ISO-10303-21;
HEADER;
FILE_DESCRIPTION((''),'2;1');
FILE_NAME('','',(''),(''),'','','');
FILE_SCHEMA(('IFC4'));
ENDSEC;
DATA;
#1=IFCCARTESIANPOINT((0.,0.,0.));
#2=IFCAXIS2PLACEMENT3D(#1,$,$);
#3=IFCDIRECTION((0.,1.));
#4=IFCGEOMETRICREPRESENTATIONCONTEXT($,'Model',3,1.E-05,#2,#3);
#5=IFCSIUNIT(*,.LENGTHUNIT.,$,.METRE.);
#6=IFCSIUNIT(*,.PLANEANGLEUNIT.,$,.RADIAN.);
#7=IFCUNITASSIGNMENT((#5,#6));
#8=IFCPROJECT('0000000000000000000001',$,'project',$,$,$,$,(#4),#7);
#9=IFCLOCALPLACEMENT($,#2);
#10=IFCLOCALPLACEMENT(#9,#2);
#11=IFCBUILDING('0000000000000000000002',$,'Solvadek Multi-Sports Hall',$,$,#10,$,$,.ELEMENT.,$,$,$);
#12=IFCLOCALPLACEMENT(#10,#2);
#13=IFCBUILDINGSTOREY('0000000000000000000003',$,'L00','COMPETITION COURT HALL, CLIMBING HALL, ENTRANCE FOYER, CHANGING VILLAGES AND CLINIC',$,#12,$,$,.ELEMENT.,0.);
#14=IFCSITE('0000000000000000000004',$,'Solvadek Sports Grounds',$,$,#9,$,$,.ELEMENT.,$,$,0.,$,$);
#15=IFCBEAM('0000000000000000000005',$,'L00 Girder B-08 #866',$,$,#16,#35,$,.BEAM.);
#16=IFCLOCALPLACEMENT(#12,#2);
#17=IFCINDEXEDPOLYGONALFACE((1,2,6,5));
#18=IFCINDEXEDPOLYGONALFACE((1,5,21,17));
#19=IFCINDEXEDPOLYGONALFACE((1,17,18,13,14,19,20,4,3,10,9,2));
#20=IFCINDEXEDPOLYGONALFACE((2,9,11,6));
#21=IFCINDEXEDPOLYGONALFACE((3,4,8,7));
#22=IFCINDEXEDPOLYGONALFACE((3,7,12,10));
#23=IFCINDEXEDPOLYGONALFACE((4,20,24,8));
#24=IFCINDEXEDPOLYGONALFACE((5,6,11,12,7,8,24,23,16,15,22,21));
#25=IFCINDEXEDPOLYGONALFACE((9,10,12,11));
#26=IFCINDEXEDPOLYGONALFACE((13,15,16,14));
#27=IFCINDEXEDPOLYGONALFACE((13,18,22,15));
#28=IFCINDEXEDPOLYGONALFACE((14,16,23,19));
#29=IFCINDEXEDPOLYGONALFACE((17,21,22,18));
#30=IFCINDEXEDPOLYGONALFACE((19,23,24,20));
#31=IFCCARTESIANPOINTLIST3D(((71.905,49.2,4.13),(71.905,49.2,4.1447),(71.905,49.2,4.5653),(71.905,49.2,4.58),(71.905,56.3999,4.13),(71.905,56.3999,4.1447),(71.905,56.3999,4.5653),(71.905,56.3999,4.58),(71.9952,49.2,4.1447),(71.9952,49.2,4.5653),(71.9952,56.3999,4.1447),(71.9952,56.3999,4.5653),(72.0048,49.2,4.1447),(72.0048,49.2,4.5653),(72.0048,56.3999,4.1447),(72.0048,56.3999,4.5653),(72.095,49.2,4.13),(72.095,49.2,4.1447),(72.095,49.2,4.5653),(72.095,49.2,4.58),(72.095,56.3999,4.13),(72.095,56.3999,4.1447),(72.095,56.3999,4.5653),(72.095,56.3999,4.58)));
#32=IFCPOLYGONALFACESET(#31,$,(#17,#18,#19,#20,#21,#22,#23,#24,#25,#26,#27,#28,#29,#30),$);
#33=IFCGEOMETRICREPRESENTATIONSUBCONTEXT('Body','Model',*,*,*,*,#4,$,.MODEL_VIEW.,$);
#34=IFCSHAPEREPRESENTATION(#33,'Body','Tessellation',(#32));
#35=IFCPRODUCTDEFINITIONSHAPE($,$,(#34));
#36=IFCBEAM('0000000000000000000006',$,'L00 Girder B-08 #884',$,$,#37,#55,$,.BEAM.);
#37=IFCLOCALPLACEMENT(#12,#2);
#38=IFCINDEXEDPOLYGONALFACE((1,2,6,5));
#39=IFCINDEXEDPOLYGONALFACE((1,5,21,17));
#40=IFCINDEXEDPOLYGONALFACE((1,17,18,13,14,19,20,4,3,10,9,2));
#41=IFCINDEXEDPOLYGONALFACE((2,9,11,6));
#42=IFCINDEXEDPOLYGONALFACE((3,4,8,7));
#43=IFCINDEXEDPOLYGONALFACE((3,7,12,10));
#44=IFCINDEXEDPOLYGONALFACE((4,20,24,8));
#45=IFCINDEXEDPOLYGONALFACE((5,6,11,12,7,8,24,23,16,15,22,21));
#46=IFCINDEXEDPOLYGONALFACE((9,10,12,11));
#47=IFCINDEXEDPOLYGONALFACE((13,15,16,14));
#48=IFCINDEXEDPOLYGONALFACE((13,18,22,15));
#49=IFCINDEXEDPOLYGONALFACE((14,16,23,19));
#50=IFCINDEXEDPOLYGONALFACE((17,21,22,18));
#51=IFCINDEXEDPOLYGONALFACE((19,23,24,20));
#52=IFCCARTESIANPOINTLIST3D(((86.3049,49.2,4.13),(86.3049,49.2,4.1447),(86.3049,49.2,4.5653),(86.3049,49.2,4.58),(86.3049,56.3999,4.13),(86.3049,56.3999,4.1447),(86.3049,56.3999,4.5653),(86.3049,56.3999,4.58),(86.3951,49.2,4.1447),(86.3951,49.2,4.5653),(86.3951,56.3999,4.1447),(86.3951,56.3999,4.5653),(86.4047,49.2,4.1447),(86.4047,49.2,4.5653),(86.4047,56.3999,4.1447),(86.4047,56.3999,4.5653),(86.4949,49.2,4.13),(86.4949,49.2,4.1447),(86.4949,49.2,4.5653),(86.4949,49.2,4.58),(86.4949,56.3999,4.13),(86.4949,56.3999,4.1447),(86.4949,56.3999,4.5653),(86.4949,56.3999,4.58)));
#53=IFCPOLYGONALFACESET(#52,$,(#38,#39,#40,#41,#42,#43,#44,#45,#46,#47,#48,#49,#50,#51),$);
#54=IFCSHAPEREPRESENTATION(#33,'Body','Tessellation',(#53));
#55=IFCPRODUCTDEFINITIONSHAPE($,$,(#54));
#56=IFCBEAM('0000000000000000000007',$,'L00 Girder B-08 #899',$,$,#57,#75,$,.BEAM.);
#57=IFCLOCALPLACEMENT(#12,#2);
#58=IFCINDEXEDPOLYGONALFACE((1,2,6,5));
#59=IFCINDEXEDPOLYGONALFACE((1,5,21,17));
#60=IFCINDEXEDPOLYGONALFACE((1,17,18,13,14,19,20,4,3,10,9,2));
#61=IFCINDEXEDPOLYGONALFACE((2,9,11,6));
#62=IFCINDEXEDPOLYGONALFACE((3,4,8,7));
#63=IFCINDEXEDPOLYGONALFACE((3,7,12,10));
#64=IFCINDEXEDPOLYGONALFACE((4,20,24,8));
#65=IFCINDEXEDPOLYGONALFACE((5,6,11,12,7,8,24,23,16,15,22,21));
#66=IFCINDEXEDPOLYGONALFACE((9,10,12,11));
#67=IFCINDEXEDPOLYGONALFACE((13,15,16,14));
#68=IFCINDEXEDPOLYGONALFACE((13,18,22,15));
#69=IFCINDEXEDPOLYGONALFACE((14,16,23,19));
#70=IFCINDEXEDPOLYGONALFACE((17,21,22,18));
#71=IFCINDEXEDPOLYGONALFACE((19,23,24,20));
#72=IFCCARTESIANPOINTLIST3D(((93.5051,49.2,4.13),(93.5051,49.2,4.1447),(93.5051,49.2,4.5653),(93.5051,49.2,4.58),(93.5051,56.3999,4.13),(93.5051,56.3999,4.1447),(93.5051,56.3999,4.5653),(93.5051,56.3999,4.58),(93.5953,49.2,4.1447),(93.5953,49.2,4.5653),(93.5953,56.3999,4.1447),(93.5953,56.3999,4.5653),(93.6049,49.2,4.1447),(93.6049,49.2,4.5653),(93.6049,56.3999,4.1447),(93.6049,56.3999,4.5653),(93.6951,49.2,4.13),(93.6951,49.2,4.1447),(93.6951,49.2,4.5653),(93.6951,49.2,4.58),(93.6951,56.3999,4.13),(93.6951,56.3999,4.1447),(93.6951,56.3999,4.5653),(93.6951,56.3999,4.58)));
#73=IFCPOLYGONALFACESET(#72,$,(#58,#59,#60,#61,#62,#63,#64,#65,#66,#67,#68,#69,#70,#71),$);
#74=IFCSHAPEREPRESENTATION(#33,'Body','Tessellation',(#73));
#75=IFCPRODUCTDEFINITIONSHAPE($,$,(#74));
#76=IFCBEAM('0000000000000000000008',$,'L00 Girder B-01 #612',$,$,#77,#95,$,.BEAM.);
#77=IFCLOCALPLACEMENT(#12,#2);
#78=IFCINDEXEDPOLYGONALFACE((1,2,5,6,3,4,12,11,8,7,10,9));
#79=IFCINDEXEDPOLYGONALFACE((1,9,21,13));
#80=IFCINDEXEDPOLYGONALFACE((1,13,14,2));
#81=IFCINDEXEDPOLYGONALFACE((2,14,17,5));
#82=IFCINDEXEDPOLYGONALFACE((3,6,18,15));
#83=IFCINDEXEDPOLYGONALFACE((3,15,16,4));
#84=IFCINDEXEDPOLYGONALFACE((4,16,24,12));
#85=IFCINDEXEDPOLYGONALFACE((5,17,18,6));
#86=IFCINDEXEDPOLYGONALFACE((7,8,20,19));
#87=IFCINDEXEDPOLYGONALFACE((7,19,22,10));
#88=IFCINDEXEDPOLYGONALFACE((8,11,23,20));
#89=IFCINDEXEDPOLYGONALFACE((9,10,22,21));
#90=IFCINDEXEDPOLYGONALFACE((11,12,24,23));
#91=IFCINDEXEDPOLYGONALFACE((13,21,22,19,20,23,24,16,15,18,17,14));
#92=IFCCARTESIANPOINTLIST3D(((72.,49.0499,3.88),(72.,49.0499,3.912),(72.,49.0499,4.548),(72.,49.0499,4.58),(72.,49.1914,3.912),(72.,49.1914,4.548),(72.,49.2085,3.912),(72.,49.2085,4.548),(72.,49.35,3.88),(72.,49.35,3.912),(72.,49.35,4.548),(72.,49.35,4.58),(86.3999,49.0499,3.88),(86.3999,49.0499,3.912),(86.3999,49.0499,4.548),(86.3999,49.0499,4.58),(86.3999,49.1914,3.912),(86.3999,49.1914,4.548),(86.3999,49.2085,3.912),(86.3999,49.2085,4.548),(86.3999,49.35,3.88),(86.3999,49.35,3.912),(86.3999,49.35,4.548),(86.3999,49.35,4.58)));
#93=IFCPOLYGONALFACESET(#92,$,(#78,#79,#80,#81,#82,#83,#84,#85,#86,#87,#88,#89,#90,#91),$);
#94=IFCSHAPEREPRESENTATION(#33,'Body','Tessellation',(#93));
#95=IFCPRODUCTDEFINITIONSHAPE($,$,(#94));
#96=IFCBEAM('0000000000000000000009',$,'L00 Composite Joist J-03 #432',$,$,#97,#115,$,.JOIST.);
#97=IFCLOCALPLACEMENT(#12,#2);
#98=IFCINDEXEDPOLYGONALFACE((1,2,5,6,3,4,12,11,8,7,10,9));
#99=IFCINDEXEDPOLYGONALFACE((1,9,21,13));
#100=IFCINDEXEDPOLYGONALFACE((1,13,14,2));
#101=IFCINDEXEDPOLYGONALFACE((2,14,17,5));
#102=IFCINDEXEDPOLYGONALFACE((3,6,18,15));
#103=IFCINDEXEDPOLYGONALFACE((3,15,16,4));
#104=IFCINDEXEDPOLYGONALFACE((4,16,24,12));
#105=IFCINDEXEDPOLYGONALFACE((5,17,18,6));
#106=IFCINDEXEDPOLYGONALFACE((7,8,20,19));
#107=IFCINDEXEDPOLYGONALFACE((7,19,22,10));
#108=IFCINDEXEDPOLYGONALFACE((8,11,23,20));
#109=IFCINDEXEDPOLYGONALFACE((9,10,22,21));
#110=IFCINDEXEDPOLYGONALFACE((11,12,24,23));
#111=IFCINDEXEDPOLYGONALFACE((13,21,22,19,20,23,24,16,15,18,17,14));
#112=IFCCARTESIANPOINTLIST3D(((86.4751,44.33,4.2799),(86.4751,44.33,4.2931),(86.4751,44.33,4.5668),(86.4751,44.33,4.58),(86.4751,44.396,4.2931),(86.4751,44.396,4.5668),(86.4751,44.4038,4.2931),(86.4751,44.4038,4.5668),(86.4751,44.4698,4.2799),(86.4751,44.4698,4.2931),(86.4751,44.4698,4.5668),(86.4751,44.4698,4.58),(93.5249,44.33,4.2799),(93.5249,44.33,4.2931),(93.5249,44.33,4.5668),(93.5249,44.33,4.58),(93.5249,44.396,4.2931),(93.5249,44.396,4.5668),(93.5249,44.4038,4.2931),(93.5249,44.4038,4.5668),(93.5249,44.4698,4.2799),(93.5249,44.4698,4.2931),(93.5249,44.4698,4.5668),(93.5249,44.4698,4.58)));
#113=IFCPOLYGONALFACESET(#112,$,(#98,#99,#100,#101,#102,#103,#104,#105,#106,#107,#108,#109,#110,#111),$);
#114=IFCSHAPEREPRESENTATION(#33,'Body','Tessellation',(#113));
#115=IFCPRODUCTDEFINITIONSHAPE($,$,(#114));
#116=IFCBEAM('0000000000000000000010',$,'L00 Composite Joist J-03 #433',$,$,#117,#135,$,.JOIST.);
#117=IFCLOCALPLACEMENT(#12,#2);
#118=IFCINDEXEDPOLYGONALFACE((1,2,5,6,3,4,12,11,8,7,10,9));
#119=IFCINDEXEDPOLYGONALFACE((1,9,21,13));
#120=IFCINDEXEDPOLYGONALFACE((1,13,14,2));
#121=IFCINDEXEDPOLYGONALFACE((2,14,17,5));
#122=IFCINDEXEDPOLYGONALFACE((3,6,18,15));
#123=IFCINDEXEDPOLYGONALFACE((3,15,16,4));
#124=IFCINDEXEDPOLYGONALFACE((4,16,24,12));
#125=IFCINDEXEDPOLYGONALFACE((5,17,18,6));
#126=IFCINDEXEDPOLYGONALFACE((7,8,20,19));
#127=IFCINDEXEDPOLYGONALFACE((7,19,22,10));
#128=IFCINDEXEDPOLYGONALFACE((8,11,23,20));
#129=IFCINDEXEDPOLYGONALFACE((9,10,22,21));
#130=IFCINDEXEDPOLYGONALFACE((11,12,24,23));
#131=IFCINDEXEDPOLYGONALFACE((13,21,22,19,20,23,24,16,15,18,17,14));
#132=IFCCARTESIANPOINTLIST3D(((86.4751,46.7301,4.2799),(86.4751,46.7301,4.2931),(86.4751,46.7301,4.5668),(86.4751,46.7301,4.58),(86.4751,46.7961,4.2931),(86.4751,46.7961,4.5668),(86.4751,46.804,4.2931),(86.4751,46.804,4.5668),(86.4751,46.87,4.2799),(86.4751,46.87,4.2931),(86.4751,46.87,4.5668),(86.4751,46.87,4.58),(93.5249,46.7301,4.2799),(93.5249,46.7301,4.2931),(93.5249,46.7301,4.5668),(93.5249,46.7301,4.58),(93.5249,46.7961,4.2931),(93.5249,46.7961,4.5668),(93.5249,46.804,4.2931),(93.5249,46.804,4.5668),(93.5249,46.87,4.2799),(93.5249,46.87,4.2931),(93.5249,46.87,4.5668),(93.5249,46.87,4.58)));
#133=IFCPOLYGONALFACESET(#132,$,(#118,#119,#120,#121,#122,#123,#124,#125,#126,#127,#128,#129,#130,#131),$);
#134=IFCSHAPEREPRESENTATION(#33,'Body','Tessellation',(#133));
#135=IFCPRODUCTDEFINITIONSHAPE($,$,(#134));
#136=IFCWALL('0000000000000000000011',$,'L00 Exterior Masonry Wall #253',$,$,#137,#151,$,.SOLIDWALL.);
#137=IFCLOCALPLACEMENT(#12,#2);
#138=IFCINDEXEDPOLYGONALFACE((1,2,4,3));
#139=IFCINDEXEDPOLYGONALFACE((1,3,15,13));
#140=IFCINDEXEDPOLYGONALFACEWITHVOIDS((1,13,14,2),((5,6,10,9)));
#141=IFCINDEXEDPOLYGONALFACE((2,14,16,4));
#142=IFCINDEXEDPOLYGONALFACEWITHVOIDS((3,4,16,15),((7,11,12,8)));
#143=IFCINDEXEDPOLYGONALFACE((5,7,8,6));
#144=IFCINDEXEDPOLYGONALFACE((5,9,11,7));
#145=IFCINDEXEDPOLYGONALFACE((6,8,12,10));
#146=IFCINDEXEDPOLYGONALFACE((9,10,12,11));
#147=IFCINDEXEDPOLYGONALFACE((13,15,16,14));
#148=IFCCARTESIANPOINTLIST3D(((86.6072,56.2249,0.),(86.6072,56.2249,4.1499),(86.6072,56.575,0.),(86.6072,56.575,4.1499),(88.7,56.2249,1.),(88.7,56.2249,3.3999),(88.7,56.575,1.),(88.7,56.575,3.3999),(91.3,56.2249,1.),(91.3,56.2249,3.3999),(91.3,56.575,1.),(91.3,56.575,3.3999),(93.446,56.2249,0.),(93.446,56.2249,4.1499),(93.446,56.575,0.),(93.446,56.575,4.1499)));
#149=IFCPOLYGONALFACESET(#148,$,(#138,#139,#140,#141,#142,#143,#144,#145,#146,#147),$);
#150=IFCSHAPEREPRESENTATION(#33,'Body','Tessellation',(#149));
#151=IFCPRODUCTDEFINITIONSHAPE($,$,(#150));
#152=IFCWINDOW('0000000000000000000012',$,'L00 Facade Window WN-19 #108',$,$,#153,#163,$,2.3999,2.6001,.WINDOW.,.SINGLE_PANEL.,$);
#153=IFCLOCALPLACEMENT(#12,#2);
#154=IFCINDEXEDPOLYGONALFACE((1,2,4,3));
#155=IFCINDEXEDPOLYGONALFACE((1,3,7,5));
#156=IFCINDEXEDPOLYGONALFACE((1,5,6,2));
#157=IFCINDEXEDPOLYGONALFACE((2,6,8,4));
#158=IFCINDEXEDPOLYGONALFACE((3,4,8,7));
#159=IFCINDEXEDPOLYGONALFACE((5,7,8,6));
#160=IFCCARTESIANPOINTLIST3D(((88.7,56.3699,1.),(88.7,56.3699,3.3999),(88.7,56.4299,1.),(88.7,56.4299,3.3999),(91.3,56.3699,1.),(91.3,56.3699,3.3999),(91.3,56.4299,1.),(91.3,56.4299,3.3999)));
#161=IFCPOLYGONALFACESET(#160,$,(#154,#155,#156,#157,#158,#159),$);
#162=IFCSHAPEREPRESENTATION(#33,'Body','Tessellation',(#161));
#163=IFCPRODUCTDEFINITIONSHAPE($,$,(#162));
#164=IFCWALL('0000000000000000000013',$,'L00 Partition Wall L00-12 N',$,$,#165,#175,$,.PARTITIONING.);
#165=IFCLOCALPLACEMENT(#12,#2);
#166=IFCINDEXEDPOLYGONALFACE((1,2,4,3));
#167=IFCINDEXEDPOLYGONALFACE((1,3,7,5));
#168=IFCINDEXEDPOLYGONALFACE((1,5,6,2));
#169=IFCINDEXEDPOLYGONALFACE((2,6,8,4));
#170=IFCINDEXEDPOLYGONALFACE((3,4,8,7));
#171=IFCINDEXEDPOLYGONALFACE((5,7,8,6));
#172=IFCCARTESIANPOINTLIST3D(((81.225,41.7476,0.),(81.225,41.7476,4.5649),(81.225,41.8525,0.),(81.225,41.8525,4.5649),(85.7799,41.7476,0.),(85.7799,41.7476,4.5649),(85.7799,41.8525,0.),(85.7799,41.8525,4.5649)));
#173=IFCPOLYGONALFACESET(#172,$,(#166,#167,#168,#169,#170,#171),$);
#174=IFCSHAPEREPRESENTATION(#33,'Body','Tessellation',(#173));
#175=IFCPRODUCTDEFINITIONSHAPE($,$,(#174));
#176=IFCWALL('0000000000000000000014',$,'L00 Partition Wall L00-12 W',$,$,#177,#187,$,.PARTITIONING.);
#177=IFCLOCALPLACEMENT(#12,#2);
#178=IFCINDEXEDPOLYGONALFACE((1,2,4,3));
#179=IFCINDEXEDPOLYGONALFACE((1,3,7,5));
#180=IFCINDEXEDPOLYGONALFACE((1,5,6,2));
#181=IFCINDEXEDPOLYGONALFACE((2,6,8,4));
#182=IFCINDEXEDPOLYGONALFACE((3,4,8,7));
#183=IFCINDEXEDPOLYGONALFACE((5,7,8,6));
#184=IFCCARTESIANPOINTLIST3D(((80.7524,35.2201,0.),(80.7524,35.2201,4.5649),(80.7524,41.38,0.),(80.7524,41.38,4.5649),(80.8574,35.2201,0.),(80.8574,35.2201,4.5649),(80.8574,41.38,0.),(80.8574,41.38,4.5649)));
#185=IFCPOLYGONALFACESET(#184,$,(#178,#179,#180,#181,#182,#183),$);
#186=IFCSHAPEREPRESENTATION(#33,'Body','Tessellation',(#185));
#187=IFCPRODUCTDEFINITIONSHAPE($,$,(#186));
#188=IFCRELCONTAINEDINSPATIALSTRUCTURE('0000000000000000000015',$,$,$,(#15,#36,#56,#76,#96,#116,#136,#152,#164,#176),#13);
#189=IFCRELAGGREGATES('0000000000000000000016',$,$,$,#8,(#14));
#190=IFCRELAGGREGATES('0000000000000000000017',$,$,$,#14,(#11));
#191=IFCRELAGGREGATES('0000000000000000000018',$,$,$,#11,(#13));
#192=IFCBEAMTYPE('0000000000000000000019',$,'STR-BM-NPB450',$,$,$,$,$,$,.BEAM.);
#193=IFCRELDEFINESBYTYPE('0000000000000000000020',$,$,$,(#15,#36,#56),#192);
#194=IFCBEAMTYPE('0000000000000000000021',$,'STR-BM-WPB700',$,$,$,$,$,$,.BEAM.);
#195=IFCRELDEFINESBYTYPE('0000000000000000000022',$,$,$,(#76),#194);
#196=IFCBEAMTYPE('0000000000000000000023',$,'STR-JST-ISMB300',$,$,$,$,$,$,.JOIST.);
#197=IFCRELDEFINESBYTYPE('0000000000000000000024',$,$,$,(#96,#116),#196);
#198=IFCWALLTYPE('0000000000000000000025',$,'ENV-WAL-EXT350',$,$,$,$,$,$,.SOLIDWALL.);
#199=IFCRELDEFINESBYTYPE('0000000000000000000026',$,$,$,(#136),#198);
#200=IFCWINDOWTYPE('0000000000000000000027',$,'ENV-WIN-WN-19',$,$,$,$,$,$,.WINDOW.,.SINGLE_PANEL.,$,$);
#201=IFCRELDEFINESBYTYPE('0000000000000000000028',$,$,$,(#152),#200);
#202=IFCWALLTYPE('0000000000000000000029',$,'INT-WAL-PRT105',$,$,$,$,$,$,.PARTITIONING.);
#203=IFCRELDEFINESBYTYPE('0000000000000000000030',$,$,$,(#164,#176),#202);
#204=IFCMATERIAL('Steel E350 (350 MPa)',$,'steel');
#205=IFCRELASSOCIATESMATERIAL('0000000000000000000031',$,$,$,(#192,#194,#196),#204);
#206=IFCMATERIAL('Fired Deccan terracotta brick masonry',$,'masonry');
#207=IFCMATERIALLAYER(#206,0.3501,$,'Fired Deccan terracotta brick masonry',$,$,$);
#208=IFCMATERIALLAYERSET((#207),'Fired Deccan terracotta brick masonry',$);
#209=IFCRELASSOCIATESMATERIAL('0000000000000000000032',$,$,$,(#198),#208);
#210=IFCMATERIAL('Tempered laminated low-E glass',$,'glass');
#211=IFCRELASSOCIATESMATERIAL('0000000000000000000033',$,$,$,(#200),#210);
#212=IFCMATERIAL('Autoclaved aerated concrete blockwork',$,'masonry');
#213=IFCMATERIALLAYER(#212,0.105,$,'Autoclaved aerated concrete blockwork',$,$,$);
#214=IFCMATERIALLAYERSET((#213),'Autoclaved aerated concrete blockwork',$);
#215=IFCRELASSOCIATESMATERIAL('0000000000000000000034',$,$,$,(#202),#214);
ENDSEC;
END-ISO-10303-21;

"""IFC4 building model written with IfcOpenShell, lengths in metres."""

from ifc_helpers import new_model, si_unit, direction, frame, frame_2d, origin, origin_2d, place, context, subcontext, project, spatial, rectangle, i_section, extrude, material, layer, layer_set, material_profile, profile_set, type_object, element, fill, save


model = new_model("IFC4")

# Units and contexts
model_context = context("Model", 3, precision=1e-05, world=origin(), true_north=direction((0.0, 1.0)))
body_context = subcontext(model_context, "Body", "Model", "MODEL_VIEW")
ifc_project = project(units=[si_unit("LENGTHUNIT", "METRE"), si_unit("PLANEANGLEUNIT", "RADIAN")], contexts=[model_context])

# Site, building, storey
site_placement = place(None, origin())
site = spatial("IfcSite", under=ifc_project, at=site_placement, Name="Solvadek Sports Grounds", CompositionType="ELEMENT", RefElevation=0.0)
building_placement = place(site_placement, origin())
building = spatial("IfcBuilding", under=site, at=building_placement, Name="Solvadek Multi-Sports Hall", CompositionType="ELEMENT")
storey_placement = place(building_placement, origin())
storey = spatial("IfcBuildingStorey", under=building, at=storey_placement, Name="L00", Description="COMPETITION COURT HALL, CLIMBING HALL, ENTRANCE FOYER, CHANGING VILLAGES AND CLINIC", CompositionType="ELEMENT", Elevation=0.0)

# Shared definitions
ifc_material_1 = material(Name="Steel E350 (350 MPa)", Category="steel")

# Beams
ifc_material_profile_1 = material_profile(ifc_material_1, i_section(OverallWidth=0.1899, OverallDepth=0.45, WebThickness=0.0095, FlangeThickness=0.0146, at=origin_2d()), Name="NPB 450")
ifc_profile_set_1 = profile_set([ifc_material_profile_1], Name="Steel E350 (350 MPa)")
beam_type_1 = type_object("IfcBeamType", Name="STR-BM-NPB450", PredefinedType="BEAM", material=ifc_profile_set_1)
for number, where, z_axis, x_axis, name in (
    (1, (72.0, 49.2, 4.355), (0.0, 1.0, 0.0), (-1.0, 0.0, 0.0), "L00 Girder B-08 #866"),
    (2, (86.3999, 49.2, 4.355), (0.0, 1.0, 0.0), (-1.0, 0.0, 0.0), "L00 Girder B-08 #884"),
    (3, (93.6001, 49.2, 4.355), (0.0, 1.0, 0.0), (-1.0, 0.0, 0.0), "L00 Girder B-08 #899"),
):
    element("IfcBeam", number, at=place(storey_placement, frame(where, z_axis=z_axis, x_axis=x_axis)), inside=storey, type_object=beam_type_1, Name=name, PredefinedType="BEAM", context=body_context, shape_type="SweptSolid", body=[
        extrude(i_section(OverallWidth=0.1899, OverallDepth=0.45, WebThickness=0.0095, FlangeThickness=0.0146, at=origin_2d()), origin(), (0.0, 0.0, 1.0), 7.2),
    ])
ifc_material_profile_2 = material_profile(ifc_material_1, i_section(OverallWidth=0.3, OverallDepth=0.7, WebThickness=0.0171, FlangeThickness=0.032, at=origin_2d()), Name="WPB 700")
ifc_profile_set_2 = profile_set([ifc_material_profile_2], Name="Steel E350 (350 MPa)")
beam_type_2 = type_object("IfcBeamType", Name="STR-BM-WPB700", PredefinedType="BEAM", material=ifc_profile_set_2)
beam_1_placement = place(storey_placement, frame((72.0, 49.2, 4.23), z_axis=(1.0, 0.0, 0.0), x_axis=(0.0, 1.0, 0.0)))
element("IfcBeam", 4, at=beam_1_placement, inside=storey, type_object=beam_type_2, Name="L00 Girder B-01 #612", PredefinedType="BEAM", context=body_context, shape_type="SweptSolid", body=[
    extrude(i_section(OverallWidth=0.3, OverallDepth=0.7, WebThickness=0.0171, FlangeThickness=0.032, at=origin_2d()), origin(), (0.0, 0.0, 1.0), 14.3999),
])
ifc_material_profile_3 = material_profile(ifc_material_1, i_section(OverallWidth=0.1399, OverallDepth=0.3, WebThickness=0.0078, FlangeThickness=0.0132, at=origin_2d()), Name="ISMB 300")
ifc_profile_set_3 = profile_set([ifc_material_profile_3], Name="Steel E350 (350 MPa)")
beam_type_3 = type_object("IfcBeamType", Name="STR-JST-ISMB300", PredefinedType="JOIST", material=ifc_profile_set_3)
for number, where, z_axis, x_axis, name in (
    (5, (86.4751, 44.3999, 4.4299), (1.0, 0.0, 0.0), (0.0, 1.0, 0.0), "L00 Composite Joist J-03 #432"),
    (6, (86.4751, 46.8, 4.4299), (1.0, 0.0, 0.0), (0.0, 1.0, 0.0), "L00 Composite Joist J-03 #433"),
):
    element("IfcBeam", number, at=place(storey_placement, frame(where, z_axis=z_axis, x_axis=x_axis)), inside=storey, type_object=beam_type_3, Name=name, PredefinedType="JOIST", context=body_context, shape_type="SweptSolid", body=[
        extrude(i_section(OverallWidth=0.1399, OverallDepth=0.3, WebThickness=0.0078, FlangeThickness=0.0132, at=origin_2d()), origin(), (0.0, 0.0, 1.0), 7.0498),
    ])

# Wall, opening, window
ifc_material_2 = material(Name="Fired Deccan terracotta brick masonry", Category="masonry")
ifc_layer_1 = layer(ifc_material_2, 0.3501, Name="Fired Deccan terracotta brick masonry")
ifc_layer_set_1 = layer_set([ifc_layer_1], Name="Fired Deccan terracotta brick masonry")
wall_type_1 = type_object("IfcWallType", Name="ENV-WAL-EXT350", PredefinedType="SOLIDWALL", material=ifc_layer_set_1)
wall_1_placement = place(storey_placement, frame((86.6072, 56.3999, 0.0), z_axis=(0.0, 0.0, 1.0), x_axis=(1.0, 0.0, 0.0)))
wall_1 = element("IfcWall", 7, at=wall_1_placement, inside=storey, type_object=wall_type_1, Name="L00 Exterior Masonry Wall #253", PredefinedType="SOLIDWALL", context=body_context, shape_type="SweptSolid", body=[
    extrude(rectangle(XDim=6.8389, YDim=0.3501, at=frame_2d((3.4194, 0.0))), origin(), (0.0, 0.0, 1.0), 4.1499),
])
opening_placement = place(wall_1_placement, frame((2.0928, 0.0, 1.0)))
opening = element("IfcOpeningElement", 8, at=opening_placement, cuts=wall_1, PredefinedType="OPENING", context=body_context, shape_type="SweptSolid", body=[
    extrude(rectangle(XDim=2.6001, YDim=2.3999, at=frame_2d((1.3, 1.2))), frame((0.0, 0.1851, 0.0), z_axis=(0.0, -1.0, 0.0), x_axis=(1.0, 0.0, 0.0)), (0.0, 0.0, 1.0), 0.3701),
])
ifc_material_3 = material(Name="Tempered laminated low-E glass", Category="glass")
window_type = type_object("IfcWindowType", Name="ENV-WIN-WN-19", PartitioningType="SINGLE_PANEL", PredefinedType="WINDOW", material=ifc_material_3)
window_placement = place(opening_placement, origin())
window = element("IfcWindow", 9, at=window_placement, inside=storey, type_object=window_type, Name="L00 Facade Window WN-19 #108", OverallHeight=2.3999, OverallWidth=2.6001, PartitioningType="SINGLE_PANEL", PredefinedType="WINDOW", context=body_context, shape_type="SweptSolid", body=[
    extrude(rectangle(XDim=2.6001, YDim=2.3999, at=frame_2d((1.3, 1.2))), frame((0.0, 0.03, 0.0), z_axis=(0.0, -1.0, 0.0), x_axis=(1.0, 0.0, 0.0)), (0.0, 0.0, 1.0), 0.0601),
])
fill(opening, window)

# Walls
ifc_material_4 = material(Name="Autoclaved aerated concrete blockwork", Category="masonry")
ifc_layer_2 = layer(ifc_material_4, 0.105, Name="Autoclaved aerated concrete blockwork")
ifc_layer_set_2 = layer_set([ifc_layer_2], Name="Autoclaved aerated concrete blockwork")
wall_type_2 = type_object("IfcWallType", Name="INT-WAL-PRT105", PredefinedType="PARTITIONING", material=ifc_layer_set_2)
wall_2_placement = place(storey_placement, frame((81.2251, 41.8, 0.0), z_axis=(0.0, 0.0, 1.0), x_axis=(1.0, 0.0, 0.0)))
element("IfcWall", 10, at=wall_2_placement, inside=storey, type_object=wall_type_2, Name="L00 Partition Wall L00-12 N", PredefinedType="PARTITIONING", context=body_context, shape_type="SweptSolid", body=[
    extrude(rectangle(XDim=4.5549, YDim=0.105, at=frame_2d((2.2773, 0.0))), origin(), (0.0, 0.0, 1.0), 4.5649),
])
for number, where, z_axis, x_axis, name in (
    (11, (80.8049, 35.22, 0.0), (0.0, 0.0, 1.0), (0.0, 1.0, 0.0), "L00 Partition Wall L00-12 W"),
):
    element("IfcWall", number, at=place(storey_placement, frame(where, z_axis=z_axis, x_axis=x_axis)), inside=storey, type_object=wall_type_2, Name=name, PredefinedType="PARTITIONING", context=body_context, shape_type="SweptSolid", body=[
        extrude(rectangle(XDim=6.1599, YDim=0.105, at=frame_2d((3.0801, 0.0))), origin(), (0.0, 0.0, 1.0), 4.5649),
    ])

save(model, "model.ifc")
